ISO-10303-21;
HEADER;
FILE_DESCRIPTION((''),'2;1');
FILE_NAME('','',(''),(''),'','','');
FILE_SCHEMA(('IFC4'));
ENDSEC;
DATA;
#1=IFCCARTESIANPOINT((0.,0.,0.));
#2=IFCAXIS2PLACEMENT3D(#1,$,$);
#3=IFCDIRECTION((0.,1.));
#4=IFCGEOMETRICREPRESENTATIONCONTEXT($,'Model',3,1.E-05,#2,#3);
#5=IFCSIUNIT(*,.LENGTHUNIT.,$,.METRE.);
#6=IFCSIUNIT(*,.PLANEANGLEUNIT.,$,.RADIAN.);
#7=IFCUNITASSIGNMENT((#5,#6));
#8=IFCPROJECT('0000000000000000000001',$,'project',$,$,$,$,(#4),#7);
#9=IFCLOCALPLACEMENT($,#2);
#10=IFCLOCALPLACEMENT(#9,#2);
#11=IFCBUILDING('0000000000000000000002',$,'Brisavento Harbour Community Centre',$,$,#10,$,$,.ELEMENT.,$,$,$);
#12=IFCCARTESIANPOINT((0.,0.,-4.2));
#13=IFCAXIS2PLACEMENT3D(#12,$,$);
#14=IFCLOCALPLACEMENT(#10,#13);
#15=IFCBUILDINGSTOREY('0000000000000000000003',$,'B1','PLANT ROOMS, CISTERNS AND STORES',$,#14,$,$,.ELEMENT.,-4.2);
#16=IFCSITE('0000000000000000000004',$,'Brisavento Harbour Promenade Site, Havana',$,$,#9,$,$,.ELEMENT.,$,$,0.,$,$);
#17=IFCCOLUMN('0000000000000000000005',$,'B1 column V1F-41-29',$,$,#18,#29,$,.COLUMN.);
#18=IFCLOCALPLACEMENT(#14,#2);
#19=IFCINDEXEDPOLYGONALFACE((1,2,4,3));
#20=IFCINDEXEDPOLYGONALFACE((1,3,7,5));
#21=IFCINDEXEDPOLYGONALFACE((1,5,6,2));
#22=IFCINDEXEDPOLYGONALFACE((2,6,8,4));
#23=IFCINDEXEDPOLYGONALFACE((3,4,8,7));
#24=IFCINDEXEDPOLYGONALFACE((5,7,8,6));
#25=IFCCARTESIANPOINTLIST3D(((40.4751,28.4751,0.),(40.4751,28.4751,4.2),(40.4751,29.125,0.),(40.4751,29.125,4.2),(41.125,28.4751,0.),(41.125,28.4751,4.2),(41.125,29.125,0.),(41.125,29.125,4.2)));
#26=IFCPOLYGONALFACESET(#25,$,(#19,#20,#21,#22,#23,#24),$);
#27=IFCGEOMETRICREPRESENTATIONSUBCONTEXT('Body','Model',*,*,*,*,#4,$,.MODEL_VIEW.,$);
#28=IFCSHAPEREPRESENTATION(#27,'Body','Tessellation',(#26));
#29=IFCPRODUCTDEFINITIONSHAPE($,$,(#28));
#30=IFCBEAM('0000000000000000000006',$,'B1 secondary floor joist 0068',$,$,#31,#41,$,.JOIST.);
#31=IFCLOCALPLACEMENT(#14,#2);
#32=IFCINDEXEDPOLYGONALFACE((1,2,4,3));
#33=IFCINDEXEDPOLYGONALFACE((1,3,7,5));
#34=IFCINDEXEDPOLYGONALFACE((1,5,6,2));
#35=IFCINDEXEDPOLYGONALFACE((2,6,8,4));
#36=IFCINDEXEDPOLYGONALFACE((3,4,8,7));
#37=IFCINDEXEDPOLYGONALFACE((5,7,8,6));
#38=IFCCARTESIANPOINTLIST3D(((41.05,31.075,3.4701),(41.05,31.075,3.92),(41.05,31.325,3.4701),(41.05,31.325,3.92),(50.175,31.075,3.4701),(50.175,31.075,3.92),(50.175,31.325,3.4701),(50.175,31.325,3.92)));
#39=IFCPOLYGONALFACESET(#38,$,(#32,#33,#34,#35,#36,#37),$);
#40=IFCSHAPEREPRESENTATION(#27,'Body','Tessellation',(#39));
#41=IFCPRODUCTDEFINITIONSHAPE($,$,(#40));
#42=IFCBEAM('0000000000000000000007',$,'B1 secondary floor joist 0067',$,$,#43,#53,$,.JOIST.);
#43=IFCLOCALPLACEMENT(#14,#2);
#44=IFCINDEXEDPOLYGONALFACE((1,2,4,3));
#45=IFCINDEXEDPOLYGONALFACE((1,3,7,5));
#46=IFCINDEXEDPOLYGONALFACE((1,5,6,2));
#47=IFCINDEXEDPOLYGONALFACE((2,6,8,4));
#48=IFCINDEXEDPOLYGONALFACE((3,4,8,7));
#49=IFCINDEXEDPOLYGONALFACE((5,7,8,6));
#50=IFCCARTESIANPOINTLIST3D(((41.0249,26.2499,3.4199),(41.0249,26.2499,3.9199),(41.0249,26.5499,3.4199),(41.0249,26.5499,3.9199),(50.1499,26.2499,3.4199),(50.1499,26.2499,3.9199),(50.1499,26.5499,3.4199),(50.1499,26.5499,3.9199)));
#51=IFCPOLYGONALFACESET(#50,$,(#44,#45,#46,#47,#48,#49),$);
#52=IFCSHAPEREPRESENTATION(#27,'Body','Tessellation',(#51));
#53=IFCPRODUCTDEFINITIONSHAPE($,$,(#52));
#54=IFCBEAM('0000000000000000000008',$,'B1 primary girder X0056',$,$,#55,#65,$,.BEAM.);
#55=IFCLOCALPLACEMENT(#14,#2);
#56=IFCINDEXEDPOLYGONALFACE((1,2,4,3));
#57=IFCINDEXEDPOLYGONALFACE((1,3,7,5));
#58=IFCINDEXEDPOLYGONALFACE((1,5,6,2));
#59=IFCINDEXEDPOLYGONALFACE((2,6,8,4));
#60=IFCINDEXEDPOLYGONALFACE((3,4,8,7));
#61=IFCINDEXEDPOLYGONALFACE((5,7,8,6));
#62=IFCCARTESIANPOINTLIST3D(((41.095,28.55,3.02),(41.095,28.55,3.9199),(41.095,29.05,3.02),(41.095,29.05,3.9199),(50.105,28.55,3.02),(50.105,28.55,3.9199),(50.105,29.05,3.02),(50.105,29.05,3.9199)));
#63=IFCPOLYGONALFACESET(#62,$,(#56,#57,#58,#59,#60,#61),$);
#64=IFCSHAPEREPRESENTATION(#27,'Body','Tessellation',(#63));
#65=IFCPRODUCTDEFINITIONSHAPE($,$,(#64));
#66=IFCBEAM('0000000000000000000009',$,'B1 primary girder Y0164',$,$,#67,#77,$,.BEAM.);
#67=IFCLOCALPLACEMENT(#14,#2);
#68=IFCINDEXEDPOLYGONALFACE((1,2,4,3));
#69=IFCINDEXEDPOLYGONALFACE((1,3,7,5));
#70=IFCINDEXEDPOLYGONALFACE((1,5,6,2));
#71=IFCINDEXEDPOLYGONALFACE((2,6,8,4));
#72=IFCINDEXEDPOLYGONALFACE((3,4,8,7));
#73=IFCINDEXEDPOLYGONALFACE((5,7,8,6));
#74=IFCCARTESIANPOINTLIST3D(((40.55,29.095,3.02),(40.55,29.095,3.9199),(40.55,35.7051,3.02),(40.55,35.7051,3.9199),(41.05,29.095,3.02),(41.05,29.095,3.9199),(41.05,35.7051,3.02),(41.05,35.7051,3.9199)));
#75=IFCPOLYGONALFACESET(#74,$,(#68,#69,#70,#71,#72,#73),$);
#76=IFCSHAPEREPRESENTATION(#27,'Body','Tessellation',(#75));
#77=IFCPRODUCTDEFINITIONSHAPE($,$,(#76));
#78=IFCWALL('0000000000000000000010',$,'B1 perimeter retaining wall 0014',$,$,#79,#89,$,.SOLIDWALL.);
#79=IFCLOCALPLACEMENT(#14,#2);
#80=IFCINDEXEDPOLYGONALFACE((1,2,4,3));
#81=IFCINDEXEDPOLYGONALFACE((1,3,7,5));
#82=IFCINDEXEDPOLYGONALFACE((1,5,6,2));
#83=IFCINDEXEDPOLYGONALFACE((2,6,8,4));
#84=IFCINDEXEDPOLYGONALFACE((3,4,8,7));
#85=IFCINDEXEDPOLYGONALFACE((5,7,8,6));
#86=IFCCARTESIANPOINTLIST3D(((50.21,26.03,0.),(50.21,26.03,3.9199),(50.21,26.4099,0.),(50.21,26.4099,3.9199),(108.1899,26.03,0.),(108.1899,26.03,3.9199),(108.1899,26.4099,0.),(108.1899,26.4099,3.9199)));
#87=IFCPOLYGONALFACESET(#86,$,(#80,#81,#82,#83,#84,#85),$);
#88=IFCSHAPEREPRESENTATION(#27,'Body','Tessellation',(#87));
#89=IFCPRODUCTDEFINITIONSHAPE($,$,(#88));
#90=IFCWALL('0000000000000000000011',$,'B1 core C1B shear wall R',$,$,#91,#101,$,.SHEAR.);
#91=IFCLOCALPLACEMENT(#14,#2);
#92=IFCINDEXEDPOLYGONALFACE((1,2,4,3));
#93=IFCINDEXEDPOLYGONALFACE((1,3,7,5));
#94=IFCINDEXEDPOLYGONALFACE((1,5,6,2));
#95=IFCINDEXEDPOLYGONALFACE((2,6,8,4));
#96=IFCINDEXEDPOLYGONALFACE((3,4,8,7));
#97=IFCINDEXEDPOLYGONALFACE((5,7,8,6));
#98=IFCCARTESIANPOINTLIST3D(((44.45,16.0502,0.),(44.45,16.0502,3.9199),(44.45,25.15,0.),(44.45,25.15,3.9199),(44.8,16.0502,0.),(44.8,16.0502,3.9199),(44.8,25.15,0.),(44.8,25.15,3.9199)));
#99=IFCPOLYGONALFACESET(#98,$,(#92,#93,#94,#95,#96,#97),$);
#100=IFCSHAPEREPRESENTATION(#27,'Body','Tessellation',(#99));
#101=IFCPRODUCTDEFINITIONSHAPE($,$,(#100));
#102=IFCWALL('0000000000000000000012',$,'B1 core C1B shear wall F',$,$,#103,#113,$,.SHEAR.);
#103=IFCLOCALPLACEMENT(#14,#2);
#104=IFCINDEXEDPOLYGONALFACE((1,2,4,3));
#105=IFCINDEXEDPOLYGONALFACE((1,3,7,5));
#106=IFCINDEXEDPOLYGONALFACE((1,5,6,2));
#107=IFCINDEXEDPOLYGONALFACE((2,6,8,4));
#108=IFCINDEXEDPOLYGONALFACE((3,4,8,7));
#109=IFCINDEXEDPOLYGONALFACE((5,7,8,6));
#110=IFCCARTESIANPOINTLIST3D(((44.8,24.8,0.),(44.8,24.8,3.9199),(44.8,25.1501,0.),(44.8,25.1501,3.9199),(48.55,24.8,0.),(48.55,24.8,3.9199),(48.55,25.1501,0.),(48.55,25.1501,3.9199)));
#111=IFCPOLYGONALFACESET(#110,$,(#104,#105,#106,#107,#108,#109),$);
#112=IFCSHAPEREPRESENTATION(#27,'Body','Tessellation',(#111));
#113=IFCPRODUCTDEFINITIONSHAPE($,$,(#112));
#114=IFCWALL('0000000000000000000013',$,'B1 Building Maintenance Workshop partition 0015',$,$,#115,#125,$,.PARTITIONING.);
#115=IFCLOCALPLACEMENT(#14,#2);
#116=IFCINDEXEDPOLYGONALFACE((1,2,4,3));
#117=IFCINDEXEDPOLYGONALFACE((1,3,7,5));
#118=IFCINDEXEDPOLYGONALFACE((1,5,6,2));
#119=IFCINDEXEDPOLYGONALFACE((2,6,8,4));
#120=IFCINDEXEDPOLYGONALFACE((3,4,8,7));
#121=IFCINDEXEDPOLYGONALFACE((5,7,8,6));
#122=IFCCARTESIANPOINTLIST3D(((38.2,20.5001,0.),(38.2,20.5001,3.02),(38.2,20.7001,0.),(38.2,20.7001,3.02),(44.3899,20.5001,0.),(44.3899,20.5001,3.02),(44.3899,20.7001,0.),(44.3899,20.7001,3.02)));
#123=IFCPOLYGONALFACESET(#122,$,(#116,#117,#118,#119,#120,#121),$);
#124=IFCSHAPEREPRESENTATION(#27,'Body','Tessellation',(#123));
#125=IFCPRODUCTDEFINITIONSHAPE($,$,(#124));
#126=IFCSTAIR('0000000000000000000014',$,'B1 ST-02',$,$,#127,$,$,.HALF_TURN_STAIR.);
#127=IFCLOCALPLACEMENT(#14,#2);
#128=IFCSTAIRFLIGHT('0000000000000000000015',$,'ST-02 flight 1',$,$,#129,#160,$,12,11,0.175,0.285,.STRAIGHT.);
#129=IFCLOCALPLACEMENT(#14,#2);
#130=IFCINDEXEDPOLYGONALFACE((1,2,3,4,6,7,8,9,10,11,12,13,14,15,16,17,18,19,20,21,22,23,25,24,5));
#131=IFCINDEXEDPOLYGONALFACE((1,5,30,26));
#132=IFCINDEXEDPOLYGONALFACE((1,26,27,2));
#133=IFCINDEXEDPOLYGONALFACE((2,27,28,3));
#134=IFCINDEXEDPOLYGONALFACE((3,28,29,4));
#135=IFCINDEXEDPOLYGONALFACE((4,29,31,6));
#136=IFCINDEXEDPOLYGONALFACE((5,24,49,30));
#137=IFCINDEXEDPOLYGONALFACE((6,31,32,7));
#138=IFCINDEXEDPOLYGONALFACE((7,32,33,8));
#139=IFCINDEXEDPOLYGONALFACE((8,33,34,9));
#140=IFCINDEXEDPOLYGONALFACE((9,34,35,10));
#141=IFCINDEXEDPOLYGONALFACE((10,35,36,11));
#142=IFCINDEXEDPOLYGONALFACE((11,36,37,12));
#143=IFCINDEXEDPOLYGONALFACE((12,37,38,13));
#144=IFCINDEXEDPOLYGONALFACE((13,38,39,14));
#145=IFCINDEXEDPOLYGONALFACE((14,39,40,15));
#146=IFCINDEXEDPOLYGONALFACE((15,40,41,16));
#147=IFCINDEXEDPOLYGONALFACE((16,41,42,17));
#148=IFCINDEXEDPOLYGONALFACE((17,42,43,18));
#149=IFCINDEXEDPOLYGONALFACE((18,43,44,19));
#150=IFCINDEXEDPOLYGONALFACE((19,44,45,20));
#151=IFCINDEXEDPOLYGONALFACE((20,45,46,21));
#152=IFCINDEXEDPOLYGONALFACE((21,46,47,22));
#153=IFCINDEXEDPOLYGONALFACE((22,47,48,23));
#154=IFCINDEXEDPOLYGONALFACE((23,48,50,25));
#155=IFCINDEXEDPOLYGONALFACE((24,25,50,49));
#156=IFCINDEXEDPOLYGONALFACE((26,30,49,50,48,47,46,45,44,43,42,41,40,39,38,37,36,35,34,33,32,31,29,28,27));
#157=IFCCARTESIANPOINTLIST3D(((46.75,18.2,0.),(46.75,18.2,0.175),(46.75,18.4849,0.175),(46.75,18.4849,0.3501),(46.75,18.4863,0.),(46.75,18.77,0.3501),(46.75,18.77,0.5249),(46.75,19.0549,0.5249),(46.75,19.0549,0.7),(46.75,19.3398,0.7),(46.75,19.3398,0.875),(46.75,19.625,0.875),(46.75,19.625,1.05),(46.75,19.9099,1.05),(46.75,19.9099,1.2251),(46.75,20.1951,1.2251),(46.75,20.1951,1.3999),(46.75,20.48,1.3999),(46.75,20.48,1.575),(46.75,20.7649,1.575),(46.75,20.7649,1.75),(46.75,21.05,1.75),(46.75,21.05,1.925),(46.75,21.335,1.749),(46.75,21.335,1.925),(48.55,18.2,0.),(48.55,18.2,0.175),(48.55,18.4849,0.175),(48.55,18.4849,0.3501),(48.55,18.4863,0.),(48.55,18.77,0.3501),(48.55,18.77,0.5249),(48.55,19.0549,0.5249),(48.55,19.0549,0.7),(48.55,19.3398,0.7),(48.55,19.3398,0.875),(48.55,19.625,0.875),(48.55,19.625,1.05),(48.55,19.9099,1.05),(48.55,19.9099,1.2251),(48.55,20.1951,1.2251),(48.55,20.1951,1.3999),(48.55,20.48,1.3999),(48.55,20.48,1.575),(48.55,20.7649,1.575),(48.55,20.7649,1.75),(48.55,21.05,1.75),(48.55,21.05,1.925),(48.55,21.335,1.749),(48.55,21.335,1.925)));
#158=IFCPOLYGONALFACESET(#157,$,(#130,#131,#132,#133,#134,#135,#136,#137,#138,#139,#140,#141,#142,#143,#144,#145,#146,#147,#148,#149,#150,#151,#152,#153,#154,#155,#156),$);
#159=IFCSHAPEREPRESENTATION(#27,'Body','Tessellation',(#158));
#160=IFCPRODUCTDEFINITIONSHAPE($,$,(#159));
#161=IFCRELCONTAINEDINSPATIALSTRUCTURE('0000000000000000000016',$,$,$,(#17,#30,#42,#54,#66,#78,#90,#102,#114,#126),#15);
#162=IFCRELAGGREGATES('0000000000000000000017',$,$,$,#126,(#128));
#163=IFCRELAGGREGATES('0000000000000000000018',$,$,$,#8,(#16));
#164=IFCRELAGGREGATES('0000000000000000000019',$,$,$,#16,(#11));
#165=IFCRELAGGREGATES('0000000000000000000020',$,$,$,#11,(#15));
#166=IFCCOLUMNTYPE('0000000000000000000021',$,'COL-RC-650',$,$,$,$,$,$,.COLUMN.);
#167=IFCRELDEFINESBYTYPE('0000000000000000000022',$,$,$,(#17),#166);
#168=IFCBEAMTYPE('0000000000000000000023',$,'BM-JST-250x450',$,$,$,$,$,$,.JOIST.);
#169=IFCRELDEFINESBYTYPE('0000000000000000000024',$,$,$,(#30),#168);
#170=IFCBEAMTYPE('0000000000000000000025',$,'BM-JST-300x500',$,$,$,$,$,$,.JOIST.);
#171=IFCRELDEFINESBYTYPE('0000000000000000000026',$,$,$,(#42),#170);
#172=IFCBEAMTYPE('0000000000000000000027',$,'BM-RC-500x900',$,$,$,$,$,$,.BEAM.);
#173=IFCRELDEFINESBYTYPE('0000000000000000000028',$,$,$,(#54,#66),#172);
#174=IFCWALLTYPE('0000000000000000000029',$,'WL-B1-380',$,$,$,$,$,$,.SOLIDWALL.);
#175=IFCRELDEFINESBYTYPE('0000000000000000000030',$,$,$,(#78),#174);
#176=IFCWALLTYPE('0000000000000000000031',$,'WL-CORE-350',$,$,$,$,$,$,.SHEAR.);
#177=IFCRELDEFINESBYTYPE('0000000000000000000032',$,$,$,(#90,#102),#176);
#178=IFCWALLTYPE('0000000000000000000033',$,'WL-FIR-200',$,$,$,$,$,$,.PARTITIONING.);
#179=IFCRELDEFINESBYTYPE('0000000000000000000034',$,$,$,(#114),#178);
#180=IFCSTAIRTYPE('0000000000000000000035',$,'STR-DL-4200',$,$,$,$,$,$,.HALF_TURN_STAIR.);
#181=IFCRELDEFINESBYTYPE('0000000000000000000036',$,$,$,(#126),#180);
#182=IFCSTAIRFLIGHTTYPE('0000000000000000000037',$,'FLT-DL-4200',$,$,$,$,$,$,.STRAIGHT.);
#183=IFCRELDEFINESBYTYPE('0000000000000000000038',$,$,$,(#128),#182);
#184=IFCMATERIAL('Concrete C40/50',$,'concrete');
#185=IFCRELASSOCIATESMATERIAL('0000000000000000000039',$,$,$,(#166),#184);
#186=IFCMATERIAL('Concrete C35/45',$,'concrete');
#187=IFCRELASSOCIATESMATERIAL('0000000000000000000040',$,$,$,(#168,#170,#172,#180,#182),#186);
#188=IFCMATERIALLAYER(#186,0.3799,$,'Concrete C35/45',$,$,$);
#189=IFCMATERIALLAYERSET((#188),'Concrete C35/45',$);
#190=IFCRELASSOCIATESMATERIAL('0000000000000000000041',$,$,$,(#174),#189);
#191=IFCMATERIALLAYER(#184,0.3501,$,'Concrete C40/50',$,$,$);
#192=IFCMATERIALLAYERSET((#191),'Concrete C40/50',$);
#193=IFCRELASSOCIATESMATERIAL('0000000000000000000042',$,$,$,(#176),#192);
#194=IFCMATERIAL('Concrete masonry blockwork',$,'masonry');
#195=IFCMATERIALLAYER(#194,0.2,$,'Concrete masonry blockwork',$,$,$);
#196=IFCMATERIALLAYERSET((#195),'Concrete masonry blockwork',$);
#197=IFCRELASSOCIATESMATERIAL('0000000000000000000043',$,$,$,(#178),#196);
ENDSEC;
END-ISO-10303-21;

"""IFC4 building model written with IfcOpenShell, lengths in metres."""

from ifc_helpers import new_model, si_unit, direction, frame, frame_2d, origin, origin_2d, place, context, subcontext, project, spatial, polyline, rectangle, outline, extrude, material, layer, layer_set, material_profile, profile_set, type_object, element, aggregate, save


model = new_model("IFC4")

# Units and contexts
model_context = context("Model", 3, precision=1e-05, world=origin(), true_north=direction((0.0, 1.0)))
body_context = subcontext(model_context, "Body", "Model", "MODEL_VIEW")
ifc_project = project(units=[si_unit("LENGTHUNIT", "METRE"), si_unit("PLANEANGLEUNIT", "RADIAN")], contexts=[model_context])

# Site, building, storey
site_placement = place(None, origin())
site = spatial("IfcSite", under=ifc_project, at=site_placement, Name="Brisavento Harbour Promenade Site, Havana", CompositionType="ELEMENT", RefElevation=0.0)
building_placement = place(site_placement, origin())
building = spatial("IfcBuilding", under=site, at=building_placement, Name="Brisavento Harbour Community Centre", CompositionType="ELEMENT")
storey_placement = place(building_placement, frame((0.0, 0.0, -4.2)))
storey = spatial("IfcBuildingStorey", under=building, at=storey_placement, Name="B1", Description="PLANT ROOMS, CISTERNS AND STORES", CompositionType="ELEMENT", Elevation=-4.2)

# Shared definitions
ifc_material_1 = material(Name="Concrete C35/45", Category="concrete")

# Column
ifc_material_2 = material(Name="Concrete C40/50", Category="concrete")
ifc_material_profile_1 = material_profile(ifc_material_2, rectangle(XDim=0.6499, YDim=0.6499, at=origin_2d()), Name="Concrete C40/50")
ifc_profile_set_1 = profile_set([ifc_material_profile_1], Name="Concrete C40/50")
column_type = type_object("IfcColumnType", Name="COL-RC-650", PredefinedType="COLUMN", material=ifc_profile_set_1)
column_placement = place(storey_placement, frame((40.8, 28.8, 0.0), z_axis=(0.0, 0.0, 1.0), x_axis=(1.0, 0.0, 0.0)))
element("IfcColumn", 1, at=column_placement, inside=storey, type_object=column_type, Name="B1 column V1F-41-29", PredefinedType="COLUMN", context=body_context, shape_type="SweptSolid", body=[
    extrude(rectangle(XDim=0.6499, YDim=0.6499, at=origin_2d()), origin(), (0.0, 0.0, 1.0), 4.2),
])

# Beams
ifc_material_profile_2 = material_profile(ifc_material_1, rectangle(XDim=0.25, YDim=0.45, at=origin_2d()), Name="Concrete C35/45")
ifc_profile_set_2 = profile_set([ifc_material_profile_2], Name="Concrete C35/45")
beam_type_1 = type_object("IfcBeamType", Name="BM-JST-250x450", PredefinedType="JOIST", material=ifc_profile_set_2)
beam_1_placement = place(storey_placement, frame((41.05, 31.2, 3.6951), z_axis=(1.0, 0.0, 0.0), x_axis=(0.0, 1.0, 0.0)))
element("IfcBeam", 2, at=beam_1_placement, inside=storey, type_object=beam_type_1, Name="B1 secondary floor joist 0068", PredefinedType="JOIST", context=body_context, shape_type="SweptSolid", body=[
    extrude(rectangle(XDim=0.25, YDim=0.45, at=origin_2d()), origin(), (0.0, 0.0, 1.0), 9.125),
])
ifc_material_profile_3 = material_profile(ifc_material_1, rectangle(XDim=0.3, YDim=0.5, at=origin_2d()), Name="Concrete C35/45")
ifc_profile_set_3 = profile_set([ifc_material_profile_3], Name="Concrete C35/45")
beam_type_2 = type_object("IfcBeamType", Name="BM-JST-300x500", PredefinedType="JOIST", material=ifc_profile_set_3)
beam_2_placement = place(storey_placement, frame((41.0249, 26.3999, 3.6699), z_axis=(1.0, 0.0, 0.0), x_axis=(0.0, 1.0, 0.0)))
element("IfcBeam", 3, at=beam_2_placement, inside=storey, type_object=beam_type_2, Name="B1 secondary floor joist 0067", PredefinedType="JOIST", context=body_context, shape_type="SweptSolid", body=[
    extrude(rectangle(XDim=0.3, YDim=0.5, at=origin_2d()), origin(), (0.0, 0.0, 1.0), 9.125),
])
ifc_material_profile_4 = material_profile(ifc_material_1, rectangle(XDim=0.5, YDim=0.8999, at=origin_2d()), Name="Concrete C35/45")
ifc_profile_set_4 = profile_set([ifc_material_profile_4], Name="Concrete C35/45")
beam_type_3 = type_object("IfcBeamType", Name="BM-RC-500x900", PredefinedType="BEAM", material=ifc_profile_set_4)
beam_3_placement = place(storey_placement, frame((41.095, 28.8, 3.47), z_axis=(1.0, 0.0, 0.0), x_axis=(0.0, 1.0, 0.0)))
element("IfcBeam", 4, at=beam_3_placement, inside=storey, type_object=beam_type_3, Name="B1 primary girder X0056", PredefinedType="BEAM", context=body_context, shape_type="SweptSolid", body=[
    extrude(rectangle(XDim=0.5, YDim=0.8999, at=origin_2d()), origin(), (0.0, 0.0, 1.0), 9.01),
])
beam_4_placement = place(storey_placement, frame((40.8, 29.095, 3.47), z_axis=(0.0, 1.0, 0.0), x_axis=(-1.0, 0.0, 0.0)))
element("IfcBeam", 5, at=beam_4_placement, inside=storey, type_object=beam_type_3, Name="B1 primary girder Y0164", PredefinedType="BEAM", context=body_context, shape_type="SweptSolid", body=[
    extrude(rectangle(XDim=0.5, YDim=0.8999, at=origin_2d()), origin(), (0.0, 0.0, 1.0), 6.6101),
])

# Walls
ifc_layer_1 = layer(ifc_material_1, 0.3799, Name="Concrete C35/45")
ifc_layer_set_1 = layer_set([ifc_layer_1], Name="Concrete C35/45")
wall_type_1 = type_object("IfcWallType", Name="WL-B1-380", PredefinedType="SOLIDWALL", material=ifc_layer_set_1)
wall_1_placement = place(storey_placement, frame((50.21, 26.22, 0.0), z_axis=(0.0, 0.0, 1.0), x_axis=(1.0, 0.0, 0.0)))
element("IfcWall", 6, at=wall_1_placement, inside=storey, type_object=wall_type_1, Name="B1 perimeter retaining wall 0014", PredefinedType="SOLIDWALL", context=body_context, shape_type="SweptSolid", body=[
    extrude(rectangle(XDim=57.98, YDim=0.3799, at=frame_2d((28.99, 0.0))), origin(), (0.0, 0.0, 1.0), 3.9199),
])
ifc_layer_2 = layer(ifc_material_2, 0.3501, Name="Concrete C40/50")
ifc_layer_set_2 = layer_set([ifc_layer_2], Name="Concrete C40/50")
wall_type_2 = type_object("IfcWallType", Name="WL-CORE-350", PredefinedType="SHEAR", material=ifc_layer_set_2)
wall_2_placement = place(storey_placement, frame((44.625, 25.1499, 0.0), z_axis=(0.0, 0.0, 1.0), x_axis=(0.0, -1.0, 0.0)))
element("IfcWall", 7, at=wall_2_placement, inside=storey, type_object=wall_type_2, Name="B1 core C1B shear wall R", PredefinedType="SHEAR", context=body_context, shape_type="SweptSolid", body=[
    extrude(rectangle(XDim=9.0999, YDim=0.3501, at=frame_2d((4.5498, 0.0))), origin(), (0.0, 0.0, 1.0), 3.9199),
])
wall_3_placement = place(storey_placement, frame((48.55, 24.9751, 0.0), z_axis=(0.0, 0.0, 1.0), x_axis=(-1.0, 0.0, 0.0)))
element("IfcWall", 8, at=wall_3_placement, inside=storey, type_object=wall_type_2, Name="B1 core C1B shear wall F", PredefinedType="SHEAR", context=body_context, shape_type="SweptSolid", body=[
    extrude(rectangle(XDim=3.75, YDim=0.3501, at=frame_2d((1.875, 0.0))), origin(), (0.0, 0.0, 1.0), 3.9199),
])
ifc_material_3 = material(Name="Concrete masonry blockwork", Category="masonry")
ifc_layer_3 = layer(ifc_material_3, 0.2, Name="Concrete masonry blockwork")
ifc_layer_set_3 = layer_set([ifc_layer_3], Name="Concrete masonry blockwork")
wall_type_3 = type_object("IfcWallType", Name="WL-FIR-200", PredefinedType="PARTITIONING", material=ifc_layer_set_3)
wall_4_placement = place(storey_placement, frame((44.3899, 20.6001, 0.0), z_axis=(0.0, 0.0, 1.0), x_axis=(-1.0, 0.0, 0.0)))
element("IfcWall", 9, at=wall_4_placement, inside=storey, type_object=wall_type_3, Name="B1 Building Maintenance Workshop partition 0015", PredefinedType="PARTITIONING", context=body_context, shape_type="SweptSolid", body=[
    extrude(rectangle(XDim=6.1899, YDim=0.2, at=frame_2d((3.095, 0.0))), origin(), (0.0, 0.0, 1.0), 3.02),
])

# Stair, stair flight
stair_type = type_object("IfcStairType", Name="STR-DL-4200", PredefinedType="HALF_TURN_STAIR", material=ifc_material_1)
stair_placement = place(storey_placement, origin())
stair = element("IfcStair", 10, at=stair_placement, inside=storey, type_object=stair_type, Name="B1 ST-02", PredefinedType="HALF_TURN_STAIR")
stair_flight_type = type_object("IfcStairFlightType", Name="FLT-DL-4200", PredefinedType="STRAIGHT", material=ifc_material_1)
stair_flight_1_placement = place(storey_placement, frame((47.6499, 18.2, 0.0), z_axis=(0.0, 0.0, 1.0), x_axis=(0.0, 1.0, 0.0)))
stair_flight_1 = element("IfcStairFlight", 11, at=stair_flight_1_placement, type_object=stair_flight_type, Name="ST-02 flight 1", NumberOfRisers=12, NumberOfTreads=11, PredefinedType="STRAIGHT", RiserHeight=0.175, TreadLength=0.285, context=body_context, shape_type="SweptSolid", body=[
    extrude(outline(polyline([(0.0, 0.0), (0.0, 0.175), (0.2849, 0.175), (0.2849, 0.3501), (0.5701, 0.3501), (0.5701, 0.5249), (0.855, 0.5249), (0.855, 0.7), (1.1399, 0.7), (1.1399, 0.875), (1.425, 0.875), (1.425, 1.05), (1.71, 1.05), (1.71, 1.2251), (1.9951, 1.2251), (1.9951, 1.3999), (2.28, 1.3999), (2.28, 1.575), (2.5649, 1.575), (2.5649, 1.75), (2.8501, 1.75), (2.8501, 1.925), (3.135, 1.925), (3.135, 2.1001), (3.135, 1.749), (0.2864, 0.0), (0.0, 0.0)])), frame((0.0, 0.8999, 0.0), z_axis=(0.0, -1.0, 0.0), x_axis=(1.0, 0.0, 0.0)), (0.0, 0.0, 1.0), 1.8),
])
aggregate(stair, [stair_flight_1])

save(model, "model.ifc")
